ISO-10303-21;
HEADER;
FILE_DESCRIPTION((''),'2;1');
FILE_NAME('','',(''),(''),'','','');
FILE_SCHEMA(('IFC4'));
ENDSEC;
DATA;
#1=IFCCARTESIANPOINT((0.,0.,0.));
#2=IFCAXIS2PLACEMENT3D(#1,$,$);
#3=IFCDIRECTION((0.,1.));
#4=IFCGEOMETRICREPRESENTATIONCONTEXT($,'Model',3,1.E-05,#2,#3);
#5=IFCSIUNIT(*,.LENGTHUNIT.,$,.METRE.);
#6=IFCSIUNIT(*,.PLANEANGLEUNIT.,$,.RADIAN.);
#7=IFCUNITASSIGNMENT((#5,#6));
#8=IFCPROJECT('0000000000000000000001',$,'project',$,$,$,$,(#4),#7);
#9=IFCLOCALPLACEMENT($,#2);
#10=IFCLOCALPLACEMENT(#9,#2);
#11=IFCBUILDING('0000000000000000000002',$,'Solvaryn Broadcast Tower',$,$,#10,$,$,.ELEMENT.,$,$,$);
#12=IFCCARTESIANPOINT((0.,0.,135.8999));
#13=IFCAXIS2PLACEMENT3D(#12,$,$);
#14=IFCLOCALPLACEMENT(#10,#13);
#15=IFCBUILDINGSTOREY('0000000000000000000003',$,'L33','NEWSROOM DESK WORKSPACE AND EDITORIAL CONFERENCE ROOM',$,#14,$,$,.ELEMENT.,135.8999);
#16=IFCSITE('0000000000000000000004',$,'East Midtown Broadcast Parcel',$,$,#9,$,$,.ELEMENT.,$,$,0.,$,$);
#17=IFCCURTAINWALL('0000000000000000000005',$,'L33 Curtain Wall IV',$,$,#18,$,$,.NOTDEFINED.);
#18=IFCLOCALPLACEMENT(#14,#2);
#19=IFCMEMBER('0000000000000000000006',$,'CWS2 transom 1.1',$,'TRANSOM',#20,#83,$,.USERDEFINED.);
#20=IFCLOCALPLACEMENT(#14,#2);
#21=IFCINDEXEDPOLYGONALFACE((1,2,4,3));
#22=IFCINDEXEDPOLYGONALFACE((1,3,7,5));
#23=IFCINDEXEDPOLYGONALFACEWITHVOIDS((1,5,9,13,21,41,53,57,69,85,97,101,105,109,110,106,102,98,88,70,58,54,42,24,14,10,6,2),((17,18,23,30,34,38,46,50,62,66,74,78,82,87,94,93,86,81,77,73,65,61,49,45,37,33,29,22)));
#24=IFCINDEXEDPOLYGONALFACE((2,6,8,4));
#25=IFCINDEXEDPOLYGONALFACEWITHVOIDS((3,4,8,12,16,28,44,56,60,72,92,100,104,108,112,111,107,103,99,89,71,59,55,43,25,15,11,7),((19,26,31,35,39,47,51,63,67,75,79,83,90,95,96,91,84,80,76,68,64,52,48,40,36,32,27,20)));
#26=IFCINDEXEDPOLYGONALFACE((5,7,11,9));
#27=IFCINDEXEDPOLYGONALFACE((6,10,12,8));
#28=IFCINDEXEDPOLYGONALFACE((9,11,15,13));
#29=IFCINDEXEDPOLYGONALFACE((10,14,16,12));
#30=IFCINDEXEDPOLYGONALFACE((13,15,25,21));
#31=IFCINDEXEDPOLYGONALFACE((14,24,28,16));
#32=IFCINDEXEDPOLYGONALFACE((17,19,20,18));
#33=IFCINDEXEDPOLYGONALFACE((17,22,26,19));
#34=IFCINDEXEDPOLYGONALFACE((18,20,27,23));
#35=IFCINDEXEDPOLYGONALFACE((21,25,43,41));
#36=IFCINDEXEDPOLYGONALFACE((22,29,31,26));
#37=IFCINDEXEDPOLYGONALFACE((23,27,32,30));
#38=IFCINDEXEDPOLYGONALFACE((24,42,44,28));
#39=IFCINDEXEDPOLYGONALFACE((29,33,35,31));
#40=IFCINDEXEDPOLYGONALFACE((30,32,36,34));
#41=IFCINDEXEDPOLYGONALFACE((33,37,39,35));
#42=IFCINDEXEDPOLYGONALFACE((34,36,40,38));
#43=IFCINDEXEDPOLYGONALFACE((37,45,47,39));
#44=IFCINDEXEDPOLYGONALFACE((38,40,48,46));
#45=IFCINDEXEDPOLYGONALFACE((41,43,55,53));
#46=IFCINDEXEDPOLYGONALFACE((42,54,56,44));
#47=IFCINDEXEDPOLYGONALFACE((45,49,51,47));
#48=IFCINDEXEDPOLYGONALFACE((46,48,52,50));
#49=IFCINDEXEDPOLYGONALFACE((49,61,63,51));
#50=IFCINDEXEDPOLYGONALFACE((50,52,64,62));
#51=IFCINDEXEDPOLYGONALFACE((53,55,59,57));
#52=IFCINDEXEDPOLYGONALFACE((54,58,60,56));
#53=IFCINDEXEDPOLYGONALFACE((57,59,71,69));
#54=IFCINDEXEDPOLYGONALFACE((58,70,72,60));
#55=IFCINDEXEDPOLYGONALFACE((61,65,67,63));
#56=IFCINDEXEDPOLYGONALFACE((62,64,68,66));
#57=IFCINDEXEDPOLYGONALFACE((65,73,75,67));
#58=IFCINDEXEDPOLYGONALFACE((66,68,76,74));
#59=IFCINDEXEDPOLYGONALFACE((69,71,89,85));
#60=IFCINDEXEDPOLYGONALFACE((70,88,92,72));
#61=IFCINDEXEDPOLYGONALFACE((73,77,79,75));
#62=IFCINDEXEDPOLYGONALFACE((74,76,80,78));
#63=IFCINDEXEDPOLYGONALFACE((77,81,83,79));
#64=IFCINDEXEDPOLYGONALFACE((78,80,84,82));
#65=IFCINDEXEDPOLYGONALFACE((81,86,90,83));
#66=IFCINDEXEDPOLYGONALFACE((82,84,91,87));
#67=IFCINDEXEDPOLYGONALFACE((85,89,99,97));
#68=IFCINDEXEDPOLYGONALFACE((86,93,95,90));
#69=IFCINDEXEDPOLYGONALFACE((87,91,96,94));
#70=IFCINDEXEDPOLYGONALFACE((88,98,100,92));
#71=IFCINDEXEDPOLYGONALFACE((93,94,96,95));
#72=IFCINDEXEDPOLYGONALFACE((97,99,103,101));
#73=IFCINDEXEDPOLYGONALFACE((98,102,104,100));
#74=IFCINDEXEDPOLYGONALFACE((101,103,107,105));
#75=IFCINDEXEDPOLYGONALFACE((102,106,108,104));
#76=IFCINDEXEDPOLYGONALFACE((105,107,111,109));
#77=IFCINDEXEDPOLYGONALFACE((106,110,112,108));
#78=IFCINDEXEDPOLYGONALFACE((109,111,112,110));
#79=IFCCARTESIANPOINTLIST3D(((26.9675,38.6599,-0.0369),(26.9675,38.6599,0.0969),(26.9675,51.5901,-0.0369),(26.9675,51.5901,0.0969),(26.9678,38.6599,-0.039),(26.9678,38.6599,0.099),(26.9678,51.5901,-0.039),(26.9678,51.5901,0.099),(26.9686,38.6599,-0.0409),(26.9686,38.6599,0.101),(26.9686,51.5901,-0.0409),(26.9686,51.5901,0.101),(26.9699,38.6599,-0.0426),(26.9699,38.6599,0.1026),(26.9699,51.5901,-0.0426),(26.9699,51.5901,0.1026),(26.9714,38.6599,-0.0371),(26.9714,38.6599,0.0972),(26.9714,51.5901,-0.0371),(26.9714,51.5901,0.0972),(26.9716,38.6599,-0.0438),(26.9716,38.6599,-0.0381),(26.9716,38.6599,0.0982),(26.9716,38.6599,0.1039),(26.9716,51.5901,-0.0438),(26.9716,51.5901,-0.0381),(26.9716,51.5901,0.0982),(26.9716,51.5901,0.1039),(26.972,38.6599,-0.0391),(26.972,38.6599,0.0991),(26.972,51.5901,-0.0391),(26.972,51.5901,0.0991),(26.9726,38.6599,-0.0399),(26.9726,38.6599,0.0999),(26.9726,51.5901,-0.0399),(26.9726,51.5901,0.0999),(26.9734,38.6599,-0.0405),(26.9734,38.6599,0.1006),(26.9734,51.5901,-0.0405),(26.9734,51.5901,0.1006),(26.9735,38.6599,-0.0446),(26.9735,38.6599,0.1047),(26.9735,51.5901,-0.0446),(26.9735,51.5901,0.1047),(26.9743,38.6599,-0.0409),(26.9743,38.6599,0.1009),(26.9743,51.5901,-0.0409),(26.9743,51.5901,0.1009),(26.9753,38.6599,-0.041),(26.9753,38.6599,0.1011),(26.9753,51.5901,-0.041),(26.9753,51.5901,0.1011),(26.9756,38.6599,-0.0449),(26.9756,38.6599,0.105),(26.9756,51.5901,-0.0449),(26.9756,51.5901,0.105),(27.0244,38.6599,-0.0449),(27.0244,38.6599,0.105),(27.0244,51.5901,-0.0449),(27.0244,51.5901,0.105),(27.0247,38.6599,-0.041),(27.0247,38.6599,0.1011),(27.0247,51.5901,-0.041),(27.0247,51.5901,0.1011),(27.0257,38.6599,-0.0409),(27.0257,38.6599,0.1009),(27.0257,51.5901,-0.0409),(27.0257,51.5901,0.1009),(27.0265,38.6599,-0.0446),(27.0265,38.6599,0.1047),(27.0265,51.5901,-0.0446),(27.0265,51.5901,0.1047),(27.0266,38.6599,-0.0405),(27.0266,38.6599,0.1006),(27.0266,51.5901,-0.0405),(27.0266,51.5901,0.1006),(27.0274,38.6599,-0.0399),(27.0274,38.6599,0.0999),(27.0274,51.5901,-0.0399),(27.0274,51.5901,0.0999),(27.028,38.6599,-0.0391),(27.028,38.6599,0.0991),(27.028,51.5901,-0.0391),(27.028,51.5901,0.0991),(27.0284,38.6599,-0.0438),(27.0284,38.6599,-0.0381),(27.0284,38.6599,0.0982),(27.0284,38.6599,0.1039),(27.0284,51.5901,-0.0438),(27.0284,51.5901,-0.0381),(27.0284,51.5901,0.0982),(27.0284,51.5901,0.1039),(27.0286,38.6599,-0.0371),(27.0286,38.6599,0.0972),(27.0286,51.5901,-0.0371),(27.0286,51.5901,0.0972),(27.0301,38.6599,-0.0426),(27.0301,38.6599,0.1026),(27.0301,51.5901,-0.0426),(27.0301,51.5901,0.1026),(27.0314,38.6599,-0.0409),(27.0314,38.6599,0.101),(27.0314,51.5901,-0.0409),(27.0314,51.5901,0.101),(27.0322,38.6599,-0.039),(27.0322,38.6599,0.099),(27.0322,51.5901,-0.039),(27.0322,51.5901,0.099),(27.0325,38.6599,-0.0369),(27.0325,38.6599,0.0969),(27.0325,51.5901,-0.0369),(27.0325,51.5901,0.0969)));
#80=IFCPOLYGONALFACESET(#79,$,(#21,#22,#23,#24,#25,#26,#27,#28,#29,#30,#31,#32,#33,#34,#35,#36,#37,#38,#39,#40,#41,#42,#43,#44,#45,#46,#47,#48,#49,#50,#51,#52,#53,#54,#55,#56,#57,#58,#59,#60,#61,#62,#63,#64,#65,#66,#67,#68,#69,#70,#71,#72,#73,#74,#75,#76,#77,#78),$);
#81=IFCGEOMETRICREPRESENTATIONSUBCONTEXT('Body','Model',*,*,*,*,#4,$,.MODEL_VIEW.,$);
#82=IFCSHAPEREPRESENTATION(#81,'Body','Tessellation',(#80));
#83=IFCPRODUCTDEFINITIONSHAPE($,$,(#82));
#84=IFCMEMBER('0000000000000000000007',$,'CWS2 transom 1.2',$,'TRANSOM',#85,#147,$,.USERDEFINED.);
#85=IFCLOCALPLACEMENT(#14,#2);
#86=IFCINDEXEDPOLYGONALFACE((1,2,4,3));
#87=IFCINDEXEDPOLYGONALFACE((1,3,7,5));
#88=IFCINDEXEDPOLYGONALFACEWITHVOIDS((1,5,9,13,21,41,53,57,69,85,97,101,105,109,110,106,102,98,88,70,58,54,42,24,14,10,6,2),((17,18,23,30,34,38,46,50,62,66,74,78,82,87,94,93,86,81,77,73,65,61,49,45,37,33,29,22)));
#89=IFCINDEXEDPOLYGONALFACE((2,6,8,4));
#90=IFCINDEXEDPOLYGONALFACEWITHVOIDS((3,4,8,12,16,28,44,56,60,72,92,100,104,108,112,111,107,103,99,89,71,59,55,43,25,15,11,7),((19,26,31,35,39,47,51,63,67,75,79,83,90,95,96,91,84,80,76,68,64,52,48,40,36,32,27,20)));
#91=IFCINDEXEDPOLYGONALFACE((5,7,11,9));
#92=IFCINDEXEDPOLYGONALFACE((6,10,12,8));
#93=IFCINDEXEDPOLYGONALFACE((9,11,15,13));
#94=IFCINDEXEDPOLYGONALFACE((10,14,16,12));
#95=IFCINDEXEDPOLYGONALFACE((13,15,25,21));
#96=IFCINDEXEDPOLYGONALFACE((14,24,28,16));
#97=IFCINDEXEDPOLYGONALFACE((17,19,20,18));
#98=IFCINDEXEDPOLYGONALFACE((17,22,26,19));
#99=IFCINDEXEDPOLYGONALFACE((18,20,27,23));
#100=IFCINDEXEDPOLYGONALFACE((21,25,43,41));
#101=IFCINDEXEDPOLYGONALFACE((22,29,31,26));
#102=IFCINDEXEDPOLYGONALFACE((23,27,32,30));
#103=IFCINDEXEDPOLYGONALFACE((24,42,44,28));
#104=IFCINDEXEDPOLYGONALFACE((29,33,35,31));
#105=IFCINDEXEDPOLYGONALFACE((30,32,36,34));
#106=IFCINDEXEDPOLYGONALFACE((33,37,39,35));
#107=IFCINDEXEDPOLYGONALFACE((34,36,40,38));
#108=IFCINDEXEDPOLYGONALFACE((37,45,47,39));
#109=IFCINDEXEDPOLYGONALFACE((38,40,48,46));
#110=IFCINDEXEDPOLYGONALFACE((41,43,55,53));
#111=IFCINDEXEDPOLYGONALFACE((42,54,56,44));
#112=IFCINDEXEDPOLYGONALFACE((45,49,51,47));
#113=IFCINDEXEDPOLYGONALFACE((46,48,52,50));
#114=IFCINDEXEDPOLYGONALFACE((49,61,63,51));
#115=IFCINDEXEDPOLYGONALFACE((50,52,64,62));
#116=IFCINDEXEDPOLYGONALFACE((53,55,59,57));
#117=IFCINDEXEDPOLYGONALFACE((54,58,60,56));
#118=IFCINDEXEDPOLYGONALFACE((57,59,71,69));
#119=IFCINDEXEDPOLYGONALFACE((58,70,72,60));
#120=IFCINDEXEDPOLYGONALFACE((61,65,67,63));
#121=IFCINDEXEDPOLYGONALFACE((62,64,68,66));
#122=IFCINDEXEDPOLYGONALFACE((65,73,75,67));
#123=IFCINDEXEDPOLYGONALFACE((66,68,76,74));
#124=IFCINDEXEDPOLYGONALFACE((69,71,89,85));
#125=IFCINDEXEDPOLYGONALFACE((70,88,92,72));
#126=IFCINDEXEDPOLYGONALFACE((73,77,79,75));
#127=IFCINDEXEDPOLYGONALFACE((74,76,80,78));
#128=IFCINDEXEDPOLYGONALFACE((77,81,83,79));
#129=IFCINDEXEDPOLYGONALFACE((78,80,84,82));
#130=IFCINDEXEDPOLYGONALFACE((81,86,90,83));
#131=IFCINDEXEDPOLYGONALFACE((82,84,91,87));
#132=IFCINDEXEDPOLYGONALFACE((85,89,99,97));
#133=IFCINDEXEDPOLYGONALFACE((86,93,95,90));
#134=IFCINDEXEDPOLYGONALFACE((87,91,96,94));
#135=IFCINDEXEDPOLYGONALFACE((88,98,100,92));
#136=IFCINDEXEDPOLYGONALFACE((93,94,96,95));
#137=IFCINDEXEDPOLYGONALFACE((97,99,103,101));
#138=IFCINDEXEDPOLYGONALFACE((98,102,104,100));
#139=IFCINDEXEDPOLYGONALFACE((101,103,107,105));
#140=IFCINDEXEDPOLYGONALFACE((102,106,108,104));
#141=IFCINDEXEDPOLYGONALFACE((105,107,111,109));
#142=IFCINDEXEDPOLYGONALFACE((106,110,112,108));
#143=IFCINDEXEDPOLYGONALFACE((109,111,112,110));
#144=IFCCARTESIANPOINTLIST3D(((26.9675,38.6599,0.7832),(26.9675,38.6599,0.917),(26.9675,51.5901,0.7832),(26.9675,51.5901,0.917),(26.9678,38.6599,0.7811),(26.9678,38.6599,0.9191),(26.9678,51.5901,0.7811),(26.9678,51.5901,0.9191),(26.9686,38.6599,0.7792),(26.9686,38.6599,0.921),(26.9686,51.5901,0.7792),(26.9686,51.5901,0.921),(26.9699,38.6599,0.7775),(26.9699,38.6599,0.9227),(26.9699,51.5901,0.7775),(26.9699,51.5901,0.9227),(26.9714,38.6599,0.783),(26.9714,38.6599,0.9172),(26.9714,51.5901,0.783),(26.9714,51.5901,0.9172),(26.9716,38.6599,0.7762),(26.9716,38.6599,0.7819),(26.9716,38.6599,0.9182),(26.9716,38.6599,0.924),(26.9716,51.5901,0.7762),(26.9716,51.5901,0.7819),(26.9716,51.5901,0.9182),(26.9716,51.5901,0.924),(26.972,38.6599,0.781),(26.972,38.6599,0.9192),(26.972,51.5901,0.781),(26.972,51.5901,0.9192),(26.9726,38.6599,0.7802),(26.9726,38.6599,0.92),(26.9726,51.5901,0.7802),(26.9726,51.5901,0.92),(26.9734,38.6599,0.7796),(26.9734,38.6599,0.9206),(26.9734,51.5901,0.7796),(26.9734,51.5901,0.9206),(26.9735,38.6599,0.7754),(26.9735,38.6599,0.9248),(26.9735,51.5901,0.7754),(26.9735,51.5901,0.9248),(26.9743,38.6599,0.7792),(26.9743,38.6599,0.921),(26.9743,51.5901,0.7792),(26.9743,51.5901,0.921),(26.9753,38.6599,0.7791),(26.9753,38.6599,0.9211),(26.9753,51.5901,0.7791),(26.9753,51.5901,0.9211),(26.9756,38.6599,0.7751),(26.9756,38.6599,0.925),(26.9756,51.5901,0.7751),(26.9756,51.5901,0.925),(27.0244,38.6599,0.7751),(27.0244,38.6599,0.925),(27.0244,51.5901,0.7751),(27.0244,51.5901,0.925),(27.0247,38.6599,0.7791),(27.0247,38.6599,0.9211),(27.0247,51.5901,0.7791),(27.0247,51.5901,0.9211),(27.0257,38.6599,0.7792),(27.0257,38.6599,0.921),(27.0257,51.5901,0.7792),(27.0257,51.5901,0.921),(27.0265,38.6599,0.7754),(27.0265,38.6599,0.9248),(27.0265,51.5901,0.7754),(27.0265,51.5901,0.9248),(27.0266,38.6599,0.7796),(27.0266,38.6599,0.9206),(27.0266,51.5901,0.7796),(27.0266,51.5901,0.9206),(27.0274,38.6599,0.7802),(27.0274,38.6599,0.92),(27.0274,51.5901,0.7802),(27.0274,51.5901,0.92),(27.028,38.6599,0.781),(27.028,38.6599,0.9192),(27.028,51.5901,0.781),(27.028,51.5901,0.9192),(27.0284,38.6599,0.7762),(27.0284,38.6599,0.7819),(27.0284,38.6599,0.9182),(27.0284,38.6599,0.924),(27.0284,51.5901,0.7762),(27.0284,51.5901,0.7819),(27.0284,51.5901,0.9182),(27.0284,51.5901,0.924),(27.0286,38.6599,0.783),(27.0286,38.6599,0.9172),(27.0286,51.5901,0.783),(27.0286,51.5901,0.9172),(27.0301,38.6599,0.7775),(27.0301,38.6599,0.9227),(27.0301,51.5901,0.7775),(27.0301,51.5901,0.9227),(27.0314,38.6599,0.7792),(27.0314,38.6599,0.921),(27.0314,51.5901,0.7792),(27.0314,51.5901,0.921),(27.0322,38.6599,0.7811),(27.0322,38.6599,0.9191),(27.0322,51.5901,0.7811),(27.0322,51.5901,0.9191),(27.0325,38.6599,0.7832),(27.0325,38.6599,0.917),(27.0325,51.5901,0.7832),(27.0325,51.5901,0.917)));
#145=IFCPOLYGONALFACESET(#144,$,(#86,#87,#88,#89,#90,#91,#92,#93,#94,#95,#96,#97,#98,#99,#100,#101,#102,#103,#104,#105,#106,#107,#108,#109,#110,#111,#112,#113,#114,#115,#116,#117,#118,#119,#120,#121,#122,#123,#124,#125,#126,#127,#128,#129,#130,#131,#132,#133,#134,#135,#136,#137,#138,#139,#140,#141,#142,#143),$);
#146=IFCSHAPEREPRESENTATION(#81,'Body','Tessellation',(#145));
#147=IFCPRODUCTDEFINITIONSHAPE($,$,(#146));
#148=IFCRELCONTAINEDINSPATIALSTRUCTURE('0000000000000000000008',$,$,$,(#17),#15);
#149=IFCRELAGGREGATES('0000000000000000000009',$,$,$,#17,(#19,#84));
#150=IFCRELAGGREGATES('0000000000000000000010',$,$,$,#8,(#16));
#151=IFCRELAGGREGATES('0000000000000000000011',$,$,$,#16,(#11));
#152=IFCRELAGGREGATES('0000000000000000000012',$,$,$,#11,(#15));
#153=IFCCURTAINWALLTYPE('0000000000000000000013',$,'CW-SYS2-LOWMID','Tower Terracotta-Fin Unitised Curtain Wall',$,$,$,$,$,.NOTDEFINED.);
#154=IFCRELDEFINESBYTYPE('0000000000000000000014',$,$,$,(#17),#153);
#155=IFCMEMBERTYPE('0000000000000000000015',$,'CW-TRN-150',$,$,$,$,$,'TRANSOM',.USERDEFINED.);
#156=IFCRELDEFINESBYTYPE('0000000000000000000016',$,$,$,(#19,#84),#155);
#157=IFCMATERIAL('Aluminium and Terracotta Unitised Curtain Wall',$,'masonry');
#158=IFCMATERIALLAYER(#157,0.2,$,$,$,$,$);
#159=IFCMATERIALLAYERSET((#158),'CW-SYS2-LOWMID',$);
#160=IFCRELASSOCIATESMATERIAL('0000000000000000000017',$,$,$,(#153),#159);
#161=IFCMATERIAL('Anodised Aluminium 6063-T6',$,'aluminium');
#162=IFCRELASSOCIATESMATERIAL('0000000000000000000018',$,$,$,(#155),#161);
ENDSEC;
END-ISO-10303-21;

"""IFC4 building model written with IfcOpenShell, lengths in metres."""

from ifc_helpers import new_model, si_unit, direction, frame, origin, origin_2d, place, context, subcontext, project, spatial, hollow_rectangle, extrude, material, layer, layer_set, material_profile, profile_set, type_object, element, aggregate, save


model = new_model("IFC4")

# Units and contexts
model_context = context("Model", 3, precision=1e-05, world=origin(), true_north=direction((0.0, 1.0)))
body_context = subcontext(model_context, "Body", "Model", "MODEL_VIEW")
ifc_project = project(units=[si_unit("LENGTHUNIT", "METRE"), si_unit("PLANEANGLEUNIT", "RADIAN")], contexts=[model_context])

# Site, building, storey
site_placement = place(None, origin())
site = spatial("IfcSite", under=ifc_project, at=site_placement, Name="East Midtown Broadcast Parcel", CompositionType="ELEMENT", RefElevation=0.0)
building_placement = place(site_placement, origin())
building = spatial("IfcBuilding", under=site, at=building_placement, Name="Solvaryn Broadcast Tower", CompositionType="ELEMENT")
storey_placement = place(building_placement, frame((0.0, 0.0, 135.8999)))
storey = spatial("IfcBuildingStorey", under=building, at=storey_placement, Name="L33", Description="NEWSROOM DESK WORKSPACE AND EDITORIAL CONFERENCE ROOM", CompositionType="ELEMENT", Elevation=135.8999)

# Curtain wall
ifc_material_1 = material(Name="Aluminium and Terracotta Unitised Curtain Wall", Category="masonry")
ifc_layer_1 = layer(ifc_material_1, 0.2)
ifc_layer_set_1 = layer_set([ifc_layer_1], Name="CW-SYS2-LOWMID")
curtain_wall_type = type_object("IfcCurtainWallType", Name="CW-SYS2-LOWMID", Description="Tower Terracotta-Fin Unitised Curtain Wall", PredefinedType="NOTDEFINED", material=ifc_layer_set_1)
curtain_wall_1_placement = place(storey_placement, origin())
curtain_wall_1 = element("IfcCurtainWall", 1, at=curtain_wall_1_placement, inside=storey, type_object=curtain_wall_type, Name="L33 Curtain Wall IV", PredefinedType="NOTDEFINED")

# Members
ifc_material_2 = material(Name="Anodised Aluminium 6063-T6", Category="aluminium")
ifc_material_profile_1 = material_profile(ifc_material_2, hollow_rectangle(XDim=0.0649, YDim=0.1499, WallThickness=0.0039, InnerFilletRadius=0.0039, OuterFilletRadius=0.0081, at=origin_2d()))
ifc_profile_set_1 = profile_set([ifc_material_profile_1], Name="Anodised Aluminium 6063-T6")
member_type_1 = type_object("IfcMemberType", Name="CW-TRN-150", ElementType="TRANSOM", PredefinedType="USERDEFINED", material=ifc_profile_set_1)
member_1_placement = place(storey_placement, frame((27.0, 51.5901, 0.03), z_axis=(0.0, -1.0, 0.0), x_axis=(1.0, 0.0, 0.0)))
member_1 = element("IfcMember", 2, at=member_1_placement, type_object=member_type_1, Name="CWS2 transom 1.1", ObjectType="TRANSOM", PredefinedType="USERDEFINED", context=body_context, shape_type="SweptSolid", body=[
    extrude(hollow_rectangle(XDim=0.0649, YDim=0.1499, WallThickness=0.0039, InnerFilletRadius=0.0039, OuterFilletRadius=0.0081, at=origin_2d()), origin(), (0.0, 0.0, 1.0), 12.9302),
])
member_2_placement = place(storey_placement, frame((27.0, 51.5901, 0.8501), z_axis=(0.0, -1.0, 0.0), x_axis=(1.0, 0.0, 0.0)))
member_2 = element("IfcMember", 3, at=member_2_placement, type_object=member_type_1, Name="CWS2 transom 1.2", ObjectType="TRANSOM", PredefinedType="USERDEFINED", context=body_context, shape_type="SweptSolid", body=[
    extrude(hollow_rectangle(XDim=0.0649, YDim=0.1499, WallThickness=0.0039, InnerFilletRadius=0.0039, OuterFilletRadius=0.0081, at=origin_2d()), origin(), (0.0, 0.0, 1.0), 12.9302),
])

aggregate(curtain_wall_1, [member_1, member_2])

save(model, "model.ifc")
